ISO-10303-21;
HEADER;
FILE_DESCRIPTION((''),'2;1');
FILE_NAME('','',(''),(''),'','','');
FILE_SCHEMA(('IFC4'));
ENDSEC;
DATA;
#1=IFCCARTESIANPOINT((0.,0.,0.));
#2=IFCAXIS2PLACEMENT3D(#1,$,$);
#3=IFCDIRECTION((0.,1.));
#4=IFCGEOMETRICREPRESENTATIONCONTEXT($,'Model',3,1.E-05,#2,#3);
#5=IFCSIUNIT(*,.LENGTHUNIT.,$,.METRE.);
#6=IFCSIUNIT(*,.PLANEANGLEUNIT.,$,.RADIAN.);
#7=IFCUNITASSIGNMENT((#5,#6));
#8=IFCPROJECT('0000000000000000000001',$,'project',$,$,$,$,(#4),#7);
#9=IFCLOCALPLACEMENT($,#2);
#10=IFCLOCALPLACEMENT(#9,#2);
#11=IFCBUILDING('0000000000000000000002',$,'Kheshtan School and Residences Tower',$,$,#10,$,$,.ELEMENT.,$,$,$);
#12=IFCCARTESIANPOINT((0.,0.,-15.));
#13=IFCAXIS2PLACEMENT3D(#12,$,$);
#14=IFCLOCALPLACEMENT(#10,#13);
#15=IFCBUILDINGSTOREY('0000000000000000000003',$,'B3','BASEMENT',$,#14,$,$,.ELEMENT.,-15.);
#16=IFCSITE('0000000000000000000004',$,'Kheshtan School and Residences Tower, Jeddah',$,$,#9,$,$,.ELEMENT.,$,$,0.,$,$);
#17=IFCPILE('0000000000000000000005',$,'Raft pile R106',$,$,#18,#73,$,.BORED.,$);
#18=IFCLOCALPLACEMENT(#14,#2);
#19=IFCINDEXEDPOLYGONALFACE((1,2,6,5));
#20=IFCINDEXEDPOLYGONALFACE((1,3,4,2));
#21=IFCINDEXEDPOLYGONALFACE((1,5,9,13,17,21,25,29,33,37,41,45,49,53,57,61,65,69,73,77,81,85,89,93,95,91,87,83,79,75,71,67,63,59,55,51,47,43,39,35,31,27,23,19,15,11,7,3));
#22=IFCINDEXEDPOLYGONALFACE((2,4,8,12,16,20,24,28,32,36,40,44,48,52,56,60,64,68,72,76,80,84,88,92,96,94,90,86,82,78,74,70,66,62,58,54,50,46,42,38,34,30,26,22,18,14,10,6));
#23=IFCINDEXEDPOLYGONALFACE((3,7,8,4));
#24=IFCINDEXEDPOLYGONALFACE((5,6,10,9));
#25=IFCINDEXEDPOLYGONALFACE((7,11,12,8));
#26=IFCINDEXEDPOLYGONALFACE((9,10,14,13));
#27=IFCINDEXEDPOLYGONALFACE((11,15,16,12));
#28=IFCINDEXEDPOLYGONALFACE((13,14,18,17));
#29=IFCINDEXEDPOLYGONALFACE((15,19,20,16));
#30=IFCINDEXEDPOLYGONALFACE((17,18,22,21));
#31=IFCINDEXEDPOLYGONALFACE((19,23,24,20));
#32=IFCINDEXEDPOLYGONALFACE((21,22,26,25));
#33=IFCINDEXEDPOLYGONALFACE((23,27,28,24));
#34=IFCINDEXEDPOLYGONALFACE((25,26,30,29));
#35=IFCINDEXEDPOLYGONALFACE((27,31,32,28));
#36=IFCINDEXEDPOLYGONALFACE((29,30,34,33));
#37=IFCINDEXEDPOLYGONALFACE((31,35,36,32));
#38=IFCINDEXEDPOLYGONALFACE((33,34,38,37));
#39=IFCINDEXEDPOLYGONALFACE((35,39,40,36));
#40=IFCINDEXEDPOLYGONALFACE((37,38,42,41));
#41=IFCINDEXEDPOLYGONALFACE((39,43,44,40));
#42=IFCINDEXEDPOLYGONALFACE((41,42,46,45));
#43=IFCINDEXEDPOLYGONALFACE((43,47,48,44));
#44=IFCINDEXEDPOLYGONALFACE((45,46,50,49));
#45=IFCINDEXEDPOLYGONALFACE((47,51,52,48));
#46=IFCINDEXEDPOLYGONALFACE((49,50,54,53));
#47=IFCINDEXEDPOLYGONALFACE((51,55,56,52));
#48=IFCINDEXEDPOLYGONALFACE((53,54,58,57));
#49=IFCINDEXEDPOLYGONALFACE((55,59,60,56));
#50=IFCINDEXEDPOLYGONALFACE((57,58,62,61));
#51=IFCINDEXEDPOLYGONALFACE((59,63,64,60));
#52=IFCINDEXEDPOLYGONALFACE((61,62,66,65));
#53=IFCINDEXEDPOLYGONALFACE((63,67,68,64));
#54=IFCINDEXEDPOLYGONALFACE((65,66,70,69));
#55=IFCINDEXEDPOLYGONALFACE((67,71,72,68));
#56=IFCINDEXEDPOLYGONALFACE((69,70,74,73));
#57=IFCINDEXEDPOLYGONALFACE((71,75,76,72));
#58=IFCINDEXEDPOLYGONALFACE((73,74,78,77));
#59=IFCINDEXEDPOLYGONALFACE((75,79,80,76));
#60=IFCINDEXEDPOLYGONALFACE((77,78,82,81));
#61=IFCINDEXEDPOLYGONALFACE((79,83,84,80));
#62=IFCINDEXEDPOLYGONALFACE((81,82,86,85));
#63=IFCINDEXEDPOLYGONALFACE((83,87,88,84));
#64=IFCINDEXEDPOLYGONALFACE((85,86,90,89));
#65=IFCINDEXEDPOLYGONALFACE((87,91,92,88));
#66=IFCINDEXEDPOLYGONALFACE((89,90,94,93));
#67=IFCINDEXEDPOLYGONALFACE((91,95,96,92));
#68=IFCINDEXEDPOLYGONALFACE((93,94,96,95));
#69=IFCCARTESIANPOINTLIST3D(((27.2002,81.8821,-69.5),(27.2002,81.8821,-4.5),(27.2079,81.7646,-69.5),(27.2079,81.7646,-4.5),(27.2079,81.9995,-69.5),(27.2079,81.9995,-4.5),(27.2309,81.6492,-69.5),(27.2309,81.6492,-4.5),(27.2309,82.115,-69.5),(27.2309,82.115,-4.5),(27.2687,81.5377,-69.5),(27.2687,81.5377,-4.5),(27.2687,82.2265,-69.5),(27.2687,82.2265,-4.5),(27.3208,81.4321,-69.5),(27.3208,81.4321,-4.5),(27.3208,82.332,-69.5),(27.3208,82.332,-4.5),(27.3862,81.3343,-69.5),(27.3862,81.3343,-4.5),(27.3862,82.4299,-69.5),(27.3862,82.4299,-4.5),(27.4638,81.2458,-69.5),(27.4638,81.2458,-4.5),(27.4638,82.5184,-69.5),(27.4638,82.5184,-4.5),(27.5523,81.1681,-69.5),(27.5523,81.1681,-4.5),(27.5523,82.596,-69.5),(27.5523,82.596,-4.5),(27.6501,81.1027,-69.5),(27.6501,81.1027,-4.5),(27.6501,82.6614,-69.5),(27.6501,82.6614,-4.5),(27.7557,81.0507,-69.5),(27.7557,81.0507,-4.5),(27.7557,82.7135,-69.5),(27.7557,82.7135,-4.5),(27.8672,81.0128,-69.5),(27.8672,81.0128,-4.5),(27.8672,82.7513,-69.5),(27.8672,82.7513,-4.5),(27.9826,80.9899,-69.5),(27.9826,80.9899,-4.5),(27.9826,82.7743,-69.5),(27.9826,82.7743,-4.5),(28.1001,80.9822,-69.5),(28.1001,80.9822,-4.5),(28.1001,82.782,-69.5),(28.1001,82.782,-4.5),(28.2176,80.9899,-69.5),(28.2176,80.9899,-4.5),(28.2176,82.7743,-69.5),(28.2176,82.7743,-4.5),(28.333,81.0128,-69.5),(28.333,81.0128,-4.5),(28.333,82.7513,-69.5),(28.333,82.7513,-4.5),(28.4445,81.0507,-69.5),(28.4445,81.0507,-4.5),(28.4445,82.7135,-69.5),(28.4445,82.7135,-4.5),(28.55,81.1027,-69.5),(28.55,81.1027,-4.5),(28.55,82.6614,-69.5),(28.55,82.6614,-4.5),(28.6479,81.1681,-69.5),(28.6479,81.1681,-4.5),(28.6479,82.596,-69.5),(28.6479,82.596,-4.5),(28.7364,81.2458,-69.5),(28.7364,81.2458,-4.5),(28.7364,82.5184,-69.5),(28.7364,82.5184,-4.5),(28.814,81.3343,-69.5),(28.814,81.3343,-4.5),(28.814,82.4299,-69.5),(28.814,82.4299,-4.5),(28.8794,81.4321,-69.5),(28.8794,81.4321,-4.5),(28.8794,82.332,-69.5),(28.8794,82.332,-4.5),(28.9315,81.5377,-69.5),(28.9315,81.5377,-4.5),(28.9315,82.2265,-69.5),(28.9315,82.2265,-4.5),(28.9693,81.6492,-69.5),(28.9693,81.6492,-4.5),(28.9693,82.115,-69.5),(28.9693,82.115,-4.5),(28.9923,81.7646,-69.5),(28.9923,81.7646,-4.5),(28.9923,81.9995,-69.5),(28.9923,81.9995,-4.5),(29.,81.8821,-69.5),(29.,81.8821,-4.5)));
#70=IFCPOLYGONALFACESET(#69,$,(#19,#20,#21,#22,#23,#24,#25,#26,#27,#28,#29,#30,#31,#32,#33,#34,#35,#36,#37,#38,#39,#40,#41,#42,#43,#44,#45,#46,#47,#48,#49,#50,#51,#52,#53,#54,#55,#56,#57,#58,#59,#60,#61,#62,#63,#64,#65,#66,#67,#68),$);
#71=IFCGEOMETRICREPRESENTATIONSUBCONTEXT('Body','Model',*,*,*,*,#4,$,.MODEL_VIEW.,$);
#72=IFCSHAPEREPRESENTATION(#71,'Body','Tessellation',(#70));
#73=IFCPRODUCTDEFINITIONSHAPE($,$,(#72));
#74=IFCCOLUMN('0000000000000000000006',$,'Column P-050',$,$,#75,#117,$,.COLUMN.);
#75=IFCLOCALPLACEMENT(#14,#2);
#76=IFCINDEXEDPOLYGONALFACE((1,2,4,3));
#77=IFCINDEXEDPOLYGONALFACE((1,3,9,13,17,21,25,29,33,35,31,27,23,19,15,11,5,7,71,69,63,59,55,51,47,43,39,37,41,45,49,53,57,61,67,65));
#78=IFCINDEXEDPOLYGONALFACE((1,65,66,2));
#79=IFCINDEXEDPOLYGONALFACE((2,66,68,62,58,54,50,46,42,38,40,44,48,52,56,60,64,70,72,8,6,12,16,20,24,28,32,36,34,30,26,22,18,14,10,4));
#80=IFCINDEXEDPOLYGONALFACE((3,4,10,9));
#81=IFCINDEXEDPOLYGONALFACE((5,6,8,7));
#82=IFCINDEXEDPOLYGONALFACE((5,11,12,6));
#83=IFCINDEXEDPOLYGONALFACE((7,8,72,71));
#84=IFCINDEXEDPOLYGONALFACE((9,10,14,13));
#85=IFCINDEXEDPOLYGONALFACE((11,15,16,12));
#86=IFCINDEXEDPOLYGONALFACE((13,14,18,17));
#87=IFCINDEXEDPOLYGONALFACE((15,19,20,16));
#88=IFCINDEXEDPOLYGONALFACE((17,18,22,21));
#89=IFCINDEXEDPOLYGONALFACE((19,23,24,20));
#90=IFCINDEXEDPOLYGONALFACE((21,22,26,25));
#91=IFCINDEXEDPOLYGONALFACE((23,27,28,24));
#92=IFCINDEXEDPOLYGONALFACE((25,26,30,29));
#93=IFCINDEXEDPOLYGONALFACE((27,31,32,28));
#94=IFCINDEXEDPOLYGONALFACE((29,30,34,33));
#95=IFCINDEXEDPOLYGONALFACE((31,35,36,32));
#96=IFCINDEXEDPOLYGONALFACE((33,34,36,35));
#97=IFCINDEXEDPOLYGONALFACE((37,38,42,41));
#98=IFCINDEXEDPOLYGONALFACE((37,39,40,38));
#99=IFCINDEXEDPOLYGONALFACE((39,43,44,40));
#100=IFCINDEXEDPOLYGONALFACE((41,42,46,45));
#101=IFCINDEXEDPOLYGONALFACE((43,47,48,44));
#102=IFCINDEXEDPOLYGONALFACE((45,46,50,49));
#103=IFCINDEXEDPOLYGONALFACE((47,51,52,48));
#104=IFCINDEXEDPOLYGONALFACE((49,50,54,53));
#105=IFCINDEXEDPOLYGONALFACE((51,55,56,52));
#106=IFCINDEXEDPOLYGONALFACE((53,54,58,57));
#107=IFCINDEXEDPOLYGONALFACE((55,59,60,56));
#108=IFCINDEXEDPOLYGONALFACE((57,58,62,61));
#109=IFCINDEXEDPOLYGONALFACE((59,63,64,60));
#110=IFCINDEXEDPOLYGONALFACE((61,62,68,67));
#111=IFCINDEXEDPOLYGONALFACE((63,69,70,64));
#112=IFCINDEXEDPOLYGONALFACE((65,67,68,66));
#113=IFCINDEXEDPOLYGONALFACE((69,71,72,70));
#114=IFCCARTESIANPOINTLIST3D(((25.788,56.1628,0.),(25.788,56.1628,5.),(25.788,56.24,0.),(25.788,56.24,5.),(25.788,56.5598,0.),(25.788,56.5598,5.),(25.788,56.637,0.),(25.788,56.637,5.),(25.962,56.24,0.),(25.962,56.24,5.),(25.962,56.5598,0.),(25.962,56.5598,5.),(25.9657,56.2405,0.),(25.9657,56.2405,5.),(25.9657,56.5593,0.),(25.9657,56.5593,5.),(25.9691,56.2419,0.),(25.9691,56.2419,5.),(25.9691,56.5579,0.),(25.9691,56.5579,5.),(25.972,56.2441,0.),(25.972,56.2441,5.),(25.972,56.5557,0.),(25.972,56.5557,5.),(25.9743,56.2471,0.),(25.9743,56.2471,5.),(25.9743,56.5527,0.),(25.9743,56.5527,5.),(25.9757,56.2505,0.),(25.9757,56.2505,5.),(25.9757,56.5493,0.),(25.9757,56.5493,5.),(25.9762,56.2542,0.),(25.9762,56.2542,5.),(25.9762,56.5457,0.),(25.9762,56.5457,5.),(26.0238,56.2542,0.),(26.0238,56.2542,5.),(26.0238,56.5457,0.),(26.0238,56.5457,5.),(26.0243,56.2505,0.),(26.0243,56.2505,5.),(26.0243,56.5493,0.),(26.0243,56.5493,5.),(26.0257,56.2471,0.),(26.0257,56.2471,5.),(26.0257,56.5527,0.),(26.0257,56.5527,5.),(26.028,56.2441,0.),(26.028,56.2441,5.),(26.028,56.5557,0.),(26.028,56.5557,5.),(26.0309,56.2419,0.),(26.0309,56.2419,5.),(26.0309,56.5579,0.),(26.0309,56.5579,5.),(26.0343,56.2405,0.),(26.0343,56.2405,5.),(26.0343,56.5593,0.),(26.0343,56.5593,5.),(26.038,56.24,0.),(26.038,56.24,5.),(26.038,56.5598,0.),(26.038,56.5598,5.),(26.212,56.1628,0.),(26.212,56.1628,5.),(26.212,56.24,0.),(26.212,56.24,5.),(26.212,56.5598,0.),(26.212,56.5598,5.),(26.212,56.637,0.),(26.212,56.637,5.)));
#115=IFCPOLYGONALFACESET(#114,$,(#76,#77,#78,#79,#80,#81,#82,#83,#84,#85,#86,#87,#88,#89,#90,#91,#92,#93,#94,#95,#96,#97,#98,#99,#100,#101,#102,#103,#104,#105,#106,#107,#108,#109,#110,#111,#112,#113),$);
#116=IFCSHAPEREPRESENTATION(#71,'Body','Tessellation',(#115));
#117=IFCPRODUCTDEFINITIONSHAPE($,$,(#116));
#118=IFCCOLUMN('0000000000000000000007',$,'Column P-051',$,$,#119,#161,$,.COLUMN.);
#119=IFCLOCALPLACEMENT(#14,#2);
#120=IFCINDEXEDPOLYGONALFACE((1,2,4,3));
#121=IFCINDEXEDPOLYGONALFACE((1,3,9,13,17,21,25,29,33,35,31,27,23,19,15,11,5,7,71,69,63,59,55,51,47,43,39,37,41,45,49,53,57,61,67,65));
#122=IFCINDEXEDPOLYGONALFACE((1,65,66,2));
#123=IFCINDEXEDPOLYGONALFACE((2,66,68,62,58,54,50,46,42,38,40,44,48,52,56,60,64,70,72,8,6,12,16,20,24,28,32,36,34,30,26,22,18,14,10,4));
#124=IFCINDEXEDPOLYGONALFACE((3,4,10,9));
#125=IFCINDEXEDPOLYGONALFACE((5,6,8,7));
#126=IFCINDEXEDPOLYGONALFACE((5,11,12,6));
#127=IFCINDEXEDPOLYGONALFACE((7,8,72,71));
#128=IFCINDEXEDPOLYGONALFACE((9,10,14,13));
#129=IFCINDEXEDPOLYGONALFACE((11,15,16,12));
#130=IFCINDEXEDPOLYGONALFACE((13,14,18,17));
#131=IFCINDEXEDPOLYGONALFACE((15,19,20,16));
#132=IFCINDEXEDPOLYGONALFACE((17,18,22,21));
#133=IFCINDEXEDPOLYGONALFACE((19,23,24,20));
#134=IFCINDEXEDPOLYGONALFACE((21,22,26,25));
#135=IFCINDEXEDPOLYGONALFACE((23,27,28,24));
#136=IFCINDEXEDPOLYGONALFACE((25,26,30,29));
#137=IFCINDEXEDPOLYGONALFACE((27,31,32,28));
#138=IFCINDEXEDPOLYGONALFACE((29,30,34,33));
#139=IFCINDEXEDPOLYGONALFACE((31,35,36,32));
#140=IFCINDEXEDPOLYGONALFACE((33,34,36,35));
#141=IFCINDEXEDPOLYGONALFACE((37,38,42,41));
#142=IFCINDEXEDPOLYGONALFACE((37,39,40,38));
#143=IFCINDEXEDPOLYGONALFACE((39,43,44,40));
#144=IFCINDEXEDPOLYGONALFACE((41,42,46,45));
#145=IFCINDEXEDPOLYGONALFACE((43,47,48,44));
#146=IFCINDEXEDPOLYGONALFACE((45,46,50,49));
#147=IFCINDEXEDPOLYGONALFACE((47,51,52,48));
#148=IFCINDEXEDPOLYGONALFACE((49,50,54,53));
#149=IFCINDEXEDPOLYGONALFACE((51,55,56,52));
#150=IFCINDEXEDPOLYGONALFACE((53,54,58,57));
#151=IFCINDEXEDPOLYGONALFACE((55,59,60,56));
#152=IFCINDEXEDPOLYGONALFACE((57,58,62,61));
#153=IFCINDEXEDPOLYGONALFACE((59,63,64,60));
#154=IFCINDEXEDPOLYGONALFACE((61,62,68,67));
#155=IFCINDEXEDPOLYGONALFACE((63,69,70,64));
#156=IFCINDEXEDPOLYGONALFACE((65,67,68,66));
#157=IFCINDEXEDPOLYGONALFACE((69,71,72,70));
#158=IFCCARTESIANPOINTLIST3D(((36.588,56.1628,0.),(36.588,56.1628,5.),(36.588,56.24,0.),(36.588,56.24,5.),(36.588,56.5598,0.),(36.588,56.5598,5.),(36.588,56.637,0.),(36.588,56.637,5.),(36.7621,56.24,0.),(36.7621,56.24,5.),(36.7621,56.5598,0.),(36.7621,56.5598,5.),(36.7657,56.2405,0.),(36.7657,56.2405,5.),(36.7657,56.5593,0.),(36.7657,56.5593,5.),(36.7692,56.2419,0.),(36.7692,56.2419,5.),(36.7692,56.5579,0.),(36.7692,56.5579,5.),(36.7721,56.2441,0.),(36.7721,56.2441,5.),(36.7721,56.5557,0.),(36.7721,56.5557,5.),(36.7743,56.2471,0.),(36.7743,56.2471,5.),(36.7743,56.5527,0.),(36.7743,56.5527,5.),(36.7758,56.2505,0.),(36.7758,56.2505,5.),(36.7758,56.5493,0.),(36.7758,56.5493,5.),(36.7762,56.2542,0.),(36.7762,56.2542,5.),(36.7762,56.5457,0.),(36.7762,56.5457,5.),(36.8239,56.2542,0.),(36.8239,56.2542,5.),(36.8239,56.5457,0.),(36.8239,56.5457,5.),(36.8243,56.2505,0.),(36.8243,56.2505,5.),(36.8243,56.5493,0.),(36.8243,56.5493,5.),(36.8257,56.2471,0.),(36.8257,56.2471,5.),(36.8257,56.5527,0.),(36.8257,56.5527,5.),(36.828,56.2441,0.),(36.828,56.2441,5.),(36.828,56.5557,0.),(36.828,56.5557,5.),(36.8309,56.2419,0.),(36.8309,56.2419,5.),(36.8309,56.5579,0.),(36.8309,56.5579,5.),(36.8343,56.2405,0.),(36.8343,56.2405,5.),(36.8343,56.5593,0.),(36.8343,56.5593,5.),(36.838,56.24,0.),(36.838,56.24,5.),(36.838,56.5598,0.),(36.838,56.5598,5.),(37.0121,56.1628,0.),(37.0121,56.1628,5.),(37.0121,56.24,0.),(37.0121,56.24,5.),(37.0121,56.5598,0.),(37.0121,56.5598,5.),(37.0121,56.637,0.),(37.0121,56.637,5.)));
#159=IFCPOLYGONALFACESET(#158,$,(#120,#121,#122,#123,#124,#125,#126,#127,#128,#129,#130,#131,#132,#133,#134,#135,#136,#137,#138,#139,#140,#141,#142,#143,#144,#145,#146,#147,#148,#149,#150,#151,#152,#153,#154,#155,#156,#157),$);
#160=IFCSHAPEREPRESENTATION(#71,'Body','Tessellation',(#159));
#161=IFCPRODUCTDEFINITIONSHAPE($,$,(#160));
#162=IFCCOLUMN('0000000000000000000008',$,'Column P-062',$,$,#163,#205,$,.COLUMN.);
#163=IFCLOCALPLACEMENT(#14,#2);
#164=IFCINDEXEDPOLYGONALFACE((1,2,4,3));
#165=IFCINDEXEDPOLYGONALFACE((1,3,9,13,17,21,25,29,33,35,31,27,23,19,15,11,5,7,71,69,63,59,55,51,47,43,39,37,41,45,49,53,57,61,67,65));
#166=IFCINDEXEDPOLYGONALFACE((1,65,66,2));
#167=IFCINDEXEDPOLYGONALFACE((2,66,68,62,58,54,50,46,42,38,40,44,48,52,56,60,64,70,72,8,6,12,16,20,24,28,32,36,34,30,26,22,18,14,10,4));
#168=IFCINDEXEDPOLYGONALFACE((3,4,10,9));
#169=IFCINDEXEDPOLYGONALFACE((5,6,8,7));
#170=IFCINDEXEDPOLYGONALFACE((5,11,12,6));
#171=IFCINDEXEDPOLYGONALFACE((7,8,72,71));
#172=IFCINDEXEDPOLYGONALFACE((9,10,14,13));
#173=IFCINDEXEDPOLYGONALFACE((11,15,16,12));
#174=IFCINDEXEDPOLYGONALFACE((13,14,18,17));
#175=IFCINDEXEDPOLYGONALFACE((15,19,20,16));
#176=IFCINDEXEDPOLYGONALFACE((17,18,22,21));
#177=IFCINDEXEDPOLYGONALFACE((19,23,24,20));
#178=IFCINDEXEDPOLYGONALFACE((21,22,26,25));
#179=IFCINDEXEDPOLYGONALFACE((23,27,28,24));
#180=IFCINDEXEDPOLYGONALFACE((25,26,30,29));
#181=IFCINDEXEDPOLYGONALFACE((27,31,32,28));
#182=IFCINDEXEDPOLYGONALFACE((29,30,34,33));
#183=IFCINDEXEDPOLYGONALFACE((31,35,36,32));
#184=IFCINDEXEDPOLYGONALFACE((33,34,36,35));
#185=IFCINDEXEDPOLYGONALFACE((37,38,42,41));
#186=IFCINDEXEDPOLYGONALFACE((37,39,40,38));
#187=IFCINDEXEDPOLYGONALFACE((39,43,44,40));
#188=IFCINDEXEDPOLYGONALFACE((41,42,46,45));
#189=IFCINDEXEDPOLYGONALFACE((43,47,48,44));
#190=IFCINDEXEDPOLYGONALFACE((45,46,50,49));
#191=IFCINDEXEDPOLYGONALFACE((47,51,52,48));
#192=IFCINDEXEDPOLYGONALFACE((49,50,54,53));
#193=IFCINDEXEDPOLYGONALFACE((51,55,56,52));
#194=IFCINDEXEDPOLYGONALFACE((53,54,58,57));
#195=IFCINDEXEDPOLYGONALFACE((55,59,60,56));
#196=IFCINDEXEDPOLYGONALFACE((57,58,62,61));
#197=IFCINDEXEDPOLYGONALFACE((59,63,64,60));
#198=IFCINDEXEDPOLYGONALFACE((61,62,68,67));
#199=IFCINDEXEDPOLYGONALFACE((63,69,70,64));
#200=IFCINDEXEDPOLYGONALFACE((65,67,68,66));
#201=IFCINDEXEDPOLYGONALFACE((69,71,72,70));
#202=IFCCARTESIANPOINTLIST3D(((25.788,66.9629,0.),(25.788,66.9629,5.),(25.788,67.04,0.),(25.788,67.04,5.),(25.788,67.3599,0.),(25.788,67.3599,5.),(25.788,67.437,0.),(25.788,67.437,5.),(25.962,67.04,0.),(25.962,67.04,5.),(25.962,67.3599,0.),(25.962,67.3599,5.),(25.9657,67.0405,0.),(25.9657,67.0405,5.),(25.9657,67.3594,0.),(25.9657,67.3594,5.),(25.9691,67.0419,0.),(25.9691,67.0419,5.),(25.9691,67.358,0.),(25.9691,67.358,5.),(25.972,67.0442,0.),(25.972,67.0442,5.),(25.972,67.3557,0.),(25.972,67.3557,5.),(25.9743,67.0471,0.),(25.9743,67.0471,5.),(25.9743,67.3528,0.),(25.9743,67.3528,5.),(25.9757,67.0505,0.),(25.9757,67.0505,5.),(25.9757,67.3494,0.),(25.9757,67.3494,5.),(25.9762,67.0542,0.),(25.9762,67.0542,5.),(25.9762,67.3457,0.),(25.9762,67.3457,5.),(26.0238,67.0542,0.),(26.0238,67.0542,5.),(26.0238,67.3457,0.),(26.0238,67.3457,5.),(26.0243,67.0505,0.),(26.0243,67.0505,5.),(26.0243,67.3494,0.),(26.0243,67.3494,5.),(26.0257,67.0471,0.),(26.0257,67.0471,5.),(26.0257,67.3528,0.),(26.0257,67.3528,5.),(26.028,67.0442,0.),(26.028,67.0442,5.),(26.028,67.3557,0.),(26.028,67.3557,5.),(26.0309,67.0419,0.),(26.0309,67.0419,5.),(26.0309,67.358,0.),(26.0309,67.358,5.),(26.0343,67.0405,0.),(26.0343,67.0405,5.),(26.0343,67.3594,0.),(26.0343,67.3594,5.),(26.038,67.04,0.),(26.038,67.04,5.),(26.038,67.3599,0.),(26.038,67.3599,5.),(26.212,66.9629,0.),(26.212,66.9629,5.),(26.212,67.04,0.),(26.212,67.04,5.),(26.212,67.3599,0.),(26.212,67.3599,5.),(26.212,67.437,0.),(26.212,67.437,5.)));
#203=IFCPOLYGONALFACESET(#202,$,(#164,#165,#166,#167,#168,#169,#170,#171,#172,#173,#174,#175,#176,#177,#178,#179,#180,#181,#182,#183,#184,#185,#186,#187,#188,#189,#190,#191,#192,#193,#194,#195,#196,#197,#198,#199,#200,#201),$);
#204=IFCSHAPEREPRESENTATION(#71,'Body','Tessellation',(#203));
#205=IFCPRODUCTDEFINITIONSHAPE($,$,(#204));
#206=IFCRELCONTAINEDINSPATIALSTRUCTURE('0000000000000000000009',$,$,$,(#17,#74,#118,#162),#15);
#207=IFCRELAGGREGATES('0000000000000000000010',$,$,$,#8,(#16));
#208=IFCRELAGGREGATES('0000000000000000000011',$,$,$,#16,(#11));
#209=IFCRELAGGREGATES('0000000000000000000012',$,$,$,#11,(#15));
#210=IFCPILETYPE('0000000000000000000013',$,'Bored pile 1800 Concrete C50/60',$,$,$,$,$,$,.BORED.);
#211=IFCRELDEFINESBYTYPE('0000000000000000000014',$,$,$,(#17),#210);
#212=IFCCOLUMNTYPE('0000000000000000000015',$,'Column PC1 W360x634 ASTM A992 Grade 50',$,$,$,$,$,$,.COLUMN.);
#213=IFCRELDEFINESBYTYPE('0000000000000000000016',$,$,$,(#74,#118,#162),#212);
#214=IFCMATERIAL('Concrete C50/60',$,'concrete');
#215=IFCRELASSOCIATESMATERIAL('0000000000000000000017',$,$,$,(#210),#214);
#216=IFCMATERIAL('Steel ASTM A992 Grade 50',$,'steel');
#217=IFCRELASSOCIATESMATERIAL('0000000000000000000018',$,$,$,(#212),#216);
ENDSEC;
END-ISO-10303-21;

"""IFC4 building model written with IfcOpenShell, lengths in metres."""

from ifc_helpers import new_model, si_unit, direction, frame, origin, origin_2d, place, context, subcontext, project, spatial, circle, i_section, extrude, material, material_profile, profile_set, type_object, element, save


model = new_model("IFC4")

# Units and contexts
model_context = context("Model", 3, precision=1e-05, world=origin(), true_north=direction((0.0, 1.0)))
body_context = subcontext(model_context, "Body", "Model", "MODEL_VIEW")
ifc_project = project(units=[si_unit("LENGTHUNIT", "METRE"), si_unit("PLANEANGLEUNIT", "RADIAN")], contexts=[model_context])

# Site, building, storey
site_placement = place(None, origin())
site = spatial("IfcSite", under=ifc_project, at=site_placement, Name="Kheshtan School and Residences Tower, Jeddah", CompositionType="ELEMENT", RefElevation=0.0)
building_placement = place(site_placement, origin())
building = spatial("IfcBuilding", under=site, at=building_placement, Name="Kheshtan School and Residences Tower", CompositionType="ELEMENT")
storey_placement = place(building_placement, frame((0.0, 0.0, -15.0)))
storey = spatial("IfcBuildingStorey", under=building, at=storey_placement, Name="B3", Description="BASEMENT", CompositionType="ELEMENT", Elevation=-15.0)

# Pile
ifc_material_1 = material(Name="Concrete C50/60", Category="concrete")
ifc_material_profile_1 = material_profile(ifc_material_1, circle(Radius=0.8999, at=origin_2d()), Name="BP 1800")
ifc_profile_set_1 = profile_set([ifc_material_profile_1], Name="Concrete C50/60")
pile_type_1 = type_object("IfcPileType", Name="Bored pile 1800 Concrete C50/60", PredefinedType="BORED", material=ifc_profile_set_1)
for number, where, z_axis, x_axis, name in (
    (1, (28.1001, 81.8821, -4.5), (0.0, 0.0, -1.0), (1.0, 0.0, 0.0), "Raft pile R106"),
):
    element("IfcPile", number, at=place(storey_placement, frame(where, z_axis=z_axis, x_axis=x_axis)), inside=storey, type_object=pile_type_1, Name=name, PredefinedType="BORED", context=body_context, shape_type="SweptSolid", body=[
        extrude(circle(Radius=0.8999, at=origin_2d()), origin(), (0.0, 0.0, 1.0), 65.0),
    ])

# Columns
ifc_material_2 = material(Name="Steel ASTM A992 Grade 50", Category="steel")
ifc_material_profile_2 = material_profile(ifc_material_2, i_section(OverallWidth=0.4241, OverallDepth=0.4741, WebThickness=0.0476, FlangeThickness=0.0771, FilletRadius=0.0142, at=origin_2d()), Name="W360x634")
ifc_profile_set_2 = profile_set([ifc_material_profile_2], Name="Steel ASTM A992 Grade 50")
column_type = type_object("IfcColumnType", Name="Column PC1 W360x634 ASTM A992 Grade 50", PredefinedType="COLUMN", material=ifc_profile_set_2)
for number, where, z_axis, x_axis, name in (
    (2, (26.0, 56.3999, 0.0), (0.0, 0.0, 1.0), (1.0, 0.0, 0.0), "Column P-050"),
    (3, (36.8, 56.3999, 0.0), (0.0, 0.0, 1.0), (1.0, 0.0, 0.0), "Column P-051"),
    (4, (26.0, 67.2, 0.0), (0.0, 0.0, 1.0), (1.0, 0.0, 0.0), "Column P-062"),
):
    element("IfcColumn", number, at=place(storey_placement, frame(where, z_axis=z_axis, x_axis=x_axis)), inside=storey, type_object=column_type, Name=name, PredefinedType="COLUMN", context=body_context, shape_type="SweptSolid", body=[
        extrude(i_section(OverallWidth=0.4241, OverallDepth=0.4741, WebThickness=0.0476, FlangeThickness=0.0771, FilletRadius=0.0142, at=origin_2d()), origin(), (0.0, 0.0, 1.0), 5.0),
    ])

save(model, "model.ifc")
